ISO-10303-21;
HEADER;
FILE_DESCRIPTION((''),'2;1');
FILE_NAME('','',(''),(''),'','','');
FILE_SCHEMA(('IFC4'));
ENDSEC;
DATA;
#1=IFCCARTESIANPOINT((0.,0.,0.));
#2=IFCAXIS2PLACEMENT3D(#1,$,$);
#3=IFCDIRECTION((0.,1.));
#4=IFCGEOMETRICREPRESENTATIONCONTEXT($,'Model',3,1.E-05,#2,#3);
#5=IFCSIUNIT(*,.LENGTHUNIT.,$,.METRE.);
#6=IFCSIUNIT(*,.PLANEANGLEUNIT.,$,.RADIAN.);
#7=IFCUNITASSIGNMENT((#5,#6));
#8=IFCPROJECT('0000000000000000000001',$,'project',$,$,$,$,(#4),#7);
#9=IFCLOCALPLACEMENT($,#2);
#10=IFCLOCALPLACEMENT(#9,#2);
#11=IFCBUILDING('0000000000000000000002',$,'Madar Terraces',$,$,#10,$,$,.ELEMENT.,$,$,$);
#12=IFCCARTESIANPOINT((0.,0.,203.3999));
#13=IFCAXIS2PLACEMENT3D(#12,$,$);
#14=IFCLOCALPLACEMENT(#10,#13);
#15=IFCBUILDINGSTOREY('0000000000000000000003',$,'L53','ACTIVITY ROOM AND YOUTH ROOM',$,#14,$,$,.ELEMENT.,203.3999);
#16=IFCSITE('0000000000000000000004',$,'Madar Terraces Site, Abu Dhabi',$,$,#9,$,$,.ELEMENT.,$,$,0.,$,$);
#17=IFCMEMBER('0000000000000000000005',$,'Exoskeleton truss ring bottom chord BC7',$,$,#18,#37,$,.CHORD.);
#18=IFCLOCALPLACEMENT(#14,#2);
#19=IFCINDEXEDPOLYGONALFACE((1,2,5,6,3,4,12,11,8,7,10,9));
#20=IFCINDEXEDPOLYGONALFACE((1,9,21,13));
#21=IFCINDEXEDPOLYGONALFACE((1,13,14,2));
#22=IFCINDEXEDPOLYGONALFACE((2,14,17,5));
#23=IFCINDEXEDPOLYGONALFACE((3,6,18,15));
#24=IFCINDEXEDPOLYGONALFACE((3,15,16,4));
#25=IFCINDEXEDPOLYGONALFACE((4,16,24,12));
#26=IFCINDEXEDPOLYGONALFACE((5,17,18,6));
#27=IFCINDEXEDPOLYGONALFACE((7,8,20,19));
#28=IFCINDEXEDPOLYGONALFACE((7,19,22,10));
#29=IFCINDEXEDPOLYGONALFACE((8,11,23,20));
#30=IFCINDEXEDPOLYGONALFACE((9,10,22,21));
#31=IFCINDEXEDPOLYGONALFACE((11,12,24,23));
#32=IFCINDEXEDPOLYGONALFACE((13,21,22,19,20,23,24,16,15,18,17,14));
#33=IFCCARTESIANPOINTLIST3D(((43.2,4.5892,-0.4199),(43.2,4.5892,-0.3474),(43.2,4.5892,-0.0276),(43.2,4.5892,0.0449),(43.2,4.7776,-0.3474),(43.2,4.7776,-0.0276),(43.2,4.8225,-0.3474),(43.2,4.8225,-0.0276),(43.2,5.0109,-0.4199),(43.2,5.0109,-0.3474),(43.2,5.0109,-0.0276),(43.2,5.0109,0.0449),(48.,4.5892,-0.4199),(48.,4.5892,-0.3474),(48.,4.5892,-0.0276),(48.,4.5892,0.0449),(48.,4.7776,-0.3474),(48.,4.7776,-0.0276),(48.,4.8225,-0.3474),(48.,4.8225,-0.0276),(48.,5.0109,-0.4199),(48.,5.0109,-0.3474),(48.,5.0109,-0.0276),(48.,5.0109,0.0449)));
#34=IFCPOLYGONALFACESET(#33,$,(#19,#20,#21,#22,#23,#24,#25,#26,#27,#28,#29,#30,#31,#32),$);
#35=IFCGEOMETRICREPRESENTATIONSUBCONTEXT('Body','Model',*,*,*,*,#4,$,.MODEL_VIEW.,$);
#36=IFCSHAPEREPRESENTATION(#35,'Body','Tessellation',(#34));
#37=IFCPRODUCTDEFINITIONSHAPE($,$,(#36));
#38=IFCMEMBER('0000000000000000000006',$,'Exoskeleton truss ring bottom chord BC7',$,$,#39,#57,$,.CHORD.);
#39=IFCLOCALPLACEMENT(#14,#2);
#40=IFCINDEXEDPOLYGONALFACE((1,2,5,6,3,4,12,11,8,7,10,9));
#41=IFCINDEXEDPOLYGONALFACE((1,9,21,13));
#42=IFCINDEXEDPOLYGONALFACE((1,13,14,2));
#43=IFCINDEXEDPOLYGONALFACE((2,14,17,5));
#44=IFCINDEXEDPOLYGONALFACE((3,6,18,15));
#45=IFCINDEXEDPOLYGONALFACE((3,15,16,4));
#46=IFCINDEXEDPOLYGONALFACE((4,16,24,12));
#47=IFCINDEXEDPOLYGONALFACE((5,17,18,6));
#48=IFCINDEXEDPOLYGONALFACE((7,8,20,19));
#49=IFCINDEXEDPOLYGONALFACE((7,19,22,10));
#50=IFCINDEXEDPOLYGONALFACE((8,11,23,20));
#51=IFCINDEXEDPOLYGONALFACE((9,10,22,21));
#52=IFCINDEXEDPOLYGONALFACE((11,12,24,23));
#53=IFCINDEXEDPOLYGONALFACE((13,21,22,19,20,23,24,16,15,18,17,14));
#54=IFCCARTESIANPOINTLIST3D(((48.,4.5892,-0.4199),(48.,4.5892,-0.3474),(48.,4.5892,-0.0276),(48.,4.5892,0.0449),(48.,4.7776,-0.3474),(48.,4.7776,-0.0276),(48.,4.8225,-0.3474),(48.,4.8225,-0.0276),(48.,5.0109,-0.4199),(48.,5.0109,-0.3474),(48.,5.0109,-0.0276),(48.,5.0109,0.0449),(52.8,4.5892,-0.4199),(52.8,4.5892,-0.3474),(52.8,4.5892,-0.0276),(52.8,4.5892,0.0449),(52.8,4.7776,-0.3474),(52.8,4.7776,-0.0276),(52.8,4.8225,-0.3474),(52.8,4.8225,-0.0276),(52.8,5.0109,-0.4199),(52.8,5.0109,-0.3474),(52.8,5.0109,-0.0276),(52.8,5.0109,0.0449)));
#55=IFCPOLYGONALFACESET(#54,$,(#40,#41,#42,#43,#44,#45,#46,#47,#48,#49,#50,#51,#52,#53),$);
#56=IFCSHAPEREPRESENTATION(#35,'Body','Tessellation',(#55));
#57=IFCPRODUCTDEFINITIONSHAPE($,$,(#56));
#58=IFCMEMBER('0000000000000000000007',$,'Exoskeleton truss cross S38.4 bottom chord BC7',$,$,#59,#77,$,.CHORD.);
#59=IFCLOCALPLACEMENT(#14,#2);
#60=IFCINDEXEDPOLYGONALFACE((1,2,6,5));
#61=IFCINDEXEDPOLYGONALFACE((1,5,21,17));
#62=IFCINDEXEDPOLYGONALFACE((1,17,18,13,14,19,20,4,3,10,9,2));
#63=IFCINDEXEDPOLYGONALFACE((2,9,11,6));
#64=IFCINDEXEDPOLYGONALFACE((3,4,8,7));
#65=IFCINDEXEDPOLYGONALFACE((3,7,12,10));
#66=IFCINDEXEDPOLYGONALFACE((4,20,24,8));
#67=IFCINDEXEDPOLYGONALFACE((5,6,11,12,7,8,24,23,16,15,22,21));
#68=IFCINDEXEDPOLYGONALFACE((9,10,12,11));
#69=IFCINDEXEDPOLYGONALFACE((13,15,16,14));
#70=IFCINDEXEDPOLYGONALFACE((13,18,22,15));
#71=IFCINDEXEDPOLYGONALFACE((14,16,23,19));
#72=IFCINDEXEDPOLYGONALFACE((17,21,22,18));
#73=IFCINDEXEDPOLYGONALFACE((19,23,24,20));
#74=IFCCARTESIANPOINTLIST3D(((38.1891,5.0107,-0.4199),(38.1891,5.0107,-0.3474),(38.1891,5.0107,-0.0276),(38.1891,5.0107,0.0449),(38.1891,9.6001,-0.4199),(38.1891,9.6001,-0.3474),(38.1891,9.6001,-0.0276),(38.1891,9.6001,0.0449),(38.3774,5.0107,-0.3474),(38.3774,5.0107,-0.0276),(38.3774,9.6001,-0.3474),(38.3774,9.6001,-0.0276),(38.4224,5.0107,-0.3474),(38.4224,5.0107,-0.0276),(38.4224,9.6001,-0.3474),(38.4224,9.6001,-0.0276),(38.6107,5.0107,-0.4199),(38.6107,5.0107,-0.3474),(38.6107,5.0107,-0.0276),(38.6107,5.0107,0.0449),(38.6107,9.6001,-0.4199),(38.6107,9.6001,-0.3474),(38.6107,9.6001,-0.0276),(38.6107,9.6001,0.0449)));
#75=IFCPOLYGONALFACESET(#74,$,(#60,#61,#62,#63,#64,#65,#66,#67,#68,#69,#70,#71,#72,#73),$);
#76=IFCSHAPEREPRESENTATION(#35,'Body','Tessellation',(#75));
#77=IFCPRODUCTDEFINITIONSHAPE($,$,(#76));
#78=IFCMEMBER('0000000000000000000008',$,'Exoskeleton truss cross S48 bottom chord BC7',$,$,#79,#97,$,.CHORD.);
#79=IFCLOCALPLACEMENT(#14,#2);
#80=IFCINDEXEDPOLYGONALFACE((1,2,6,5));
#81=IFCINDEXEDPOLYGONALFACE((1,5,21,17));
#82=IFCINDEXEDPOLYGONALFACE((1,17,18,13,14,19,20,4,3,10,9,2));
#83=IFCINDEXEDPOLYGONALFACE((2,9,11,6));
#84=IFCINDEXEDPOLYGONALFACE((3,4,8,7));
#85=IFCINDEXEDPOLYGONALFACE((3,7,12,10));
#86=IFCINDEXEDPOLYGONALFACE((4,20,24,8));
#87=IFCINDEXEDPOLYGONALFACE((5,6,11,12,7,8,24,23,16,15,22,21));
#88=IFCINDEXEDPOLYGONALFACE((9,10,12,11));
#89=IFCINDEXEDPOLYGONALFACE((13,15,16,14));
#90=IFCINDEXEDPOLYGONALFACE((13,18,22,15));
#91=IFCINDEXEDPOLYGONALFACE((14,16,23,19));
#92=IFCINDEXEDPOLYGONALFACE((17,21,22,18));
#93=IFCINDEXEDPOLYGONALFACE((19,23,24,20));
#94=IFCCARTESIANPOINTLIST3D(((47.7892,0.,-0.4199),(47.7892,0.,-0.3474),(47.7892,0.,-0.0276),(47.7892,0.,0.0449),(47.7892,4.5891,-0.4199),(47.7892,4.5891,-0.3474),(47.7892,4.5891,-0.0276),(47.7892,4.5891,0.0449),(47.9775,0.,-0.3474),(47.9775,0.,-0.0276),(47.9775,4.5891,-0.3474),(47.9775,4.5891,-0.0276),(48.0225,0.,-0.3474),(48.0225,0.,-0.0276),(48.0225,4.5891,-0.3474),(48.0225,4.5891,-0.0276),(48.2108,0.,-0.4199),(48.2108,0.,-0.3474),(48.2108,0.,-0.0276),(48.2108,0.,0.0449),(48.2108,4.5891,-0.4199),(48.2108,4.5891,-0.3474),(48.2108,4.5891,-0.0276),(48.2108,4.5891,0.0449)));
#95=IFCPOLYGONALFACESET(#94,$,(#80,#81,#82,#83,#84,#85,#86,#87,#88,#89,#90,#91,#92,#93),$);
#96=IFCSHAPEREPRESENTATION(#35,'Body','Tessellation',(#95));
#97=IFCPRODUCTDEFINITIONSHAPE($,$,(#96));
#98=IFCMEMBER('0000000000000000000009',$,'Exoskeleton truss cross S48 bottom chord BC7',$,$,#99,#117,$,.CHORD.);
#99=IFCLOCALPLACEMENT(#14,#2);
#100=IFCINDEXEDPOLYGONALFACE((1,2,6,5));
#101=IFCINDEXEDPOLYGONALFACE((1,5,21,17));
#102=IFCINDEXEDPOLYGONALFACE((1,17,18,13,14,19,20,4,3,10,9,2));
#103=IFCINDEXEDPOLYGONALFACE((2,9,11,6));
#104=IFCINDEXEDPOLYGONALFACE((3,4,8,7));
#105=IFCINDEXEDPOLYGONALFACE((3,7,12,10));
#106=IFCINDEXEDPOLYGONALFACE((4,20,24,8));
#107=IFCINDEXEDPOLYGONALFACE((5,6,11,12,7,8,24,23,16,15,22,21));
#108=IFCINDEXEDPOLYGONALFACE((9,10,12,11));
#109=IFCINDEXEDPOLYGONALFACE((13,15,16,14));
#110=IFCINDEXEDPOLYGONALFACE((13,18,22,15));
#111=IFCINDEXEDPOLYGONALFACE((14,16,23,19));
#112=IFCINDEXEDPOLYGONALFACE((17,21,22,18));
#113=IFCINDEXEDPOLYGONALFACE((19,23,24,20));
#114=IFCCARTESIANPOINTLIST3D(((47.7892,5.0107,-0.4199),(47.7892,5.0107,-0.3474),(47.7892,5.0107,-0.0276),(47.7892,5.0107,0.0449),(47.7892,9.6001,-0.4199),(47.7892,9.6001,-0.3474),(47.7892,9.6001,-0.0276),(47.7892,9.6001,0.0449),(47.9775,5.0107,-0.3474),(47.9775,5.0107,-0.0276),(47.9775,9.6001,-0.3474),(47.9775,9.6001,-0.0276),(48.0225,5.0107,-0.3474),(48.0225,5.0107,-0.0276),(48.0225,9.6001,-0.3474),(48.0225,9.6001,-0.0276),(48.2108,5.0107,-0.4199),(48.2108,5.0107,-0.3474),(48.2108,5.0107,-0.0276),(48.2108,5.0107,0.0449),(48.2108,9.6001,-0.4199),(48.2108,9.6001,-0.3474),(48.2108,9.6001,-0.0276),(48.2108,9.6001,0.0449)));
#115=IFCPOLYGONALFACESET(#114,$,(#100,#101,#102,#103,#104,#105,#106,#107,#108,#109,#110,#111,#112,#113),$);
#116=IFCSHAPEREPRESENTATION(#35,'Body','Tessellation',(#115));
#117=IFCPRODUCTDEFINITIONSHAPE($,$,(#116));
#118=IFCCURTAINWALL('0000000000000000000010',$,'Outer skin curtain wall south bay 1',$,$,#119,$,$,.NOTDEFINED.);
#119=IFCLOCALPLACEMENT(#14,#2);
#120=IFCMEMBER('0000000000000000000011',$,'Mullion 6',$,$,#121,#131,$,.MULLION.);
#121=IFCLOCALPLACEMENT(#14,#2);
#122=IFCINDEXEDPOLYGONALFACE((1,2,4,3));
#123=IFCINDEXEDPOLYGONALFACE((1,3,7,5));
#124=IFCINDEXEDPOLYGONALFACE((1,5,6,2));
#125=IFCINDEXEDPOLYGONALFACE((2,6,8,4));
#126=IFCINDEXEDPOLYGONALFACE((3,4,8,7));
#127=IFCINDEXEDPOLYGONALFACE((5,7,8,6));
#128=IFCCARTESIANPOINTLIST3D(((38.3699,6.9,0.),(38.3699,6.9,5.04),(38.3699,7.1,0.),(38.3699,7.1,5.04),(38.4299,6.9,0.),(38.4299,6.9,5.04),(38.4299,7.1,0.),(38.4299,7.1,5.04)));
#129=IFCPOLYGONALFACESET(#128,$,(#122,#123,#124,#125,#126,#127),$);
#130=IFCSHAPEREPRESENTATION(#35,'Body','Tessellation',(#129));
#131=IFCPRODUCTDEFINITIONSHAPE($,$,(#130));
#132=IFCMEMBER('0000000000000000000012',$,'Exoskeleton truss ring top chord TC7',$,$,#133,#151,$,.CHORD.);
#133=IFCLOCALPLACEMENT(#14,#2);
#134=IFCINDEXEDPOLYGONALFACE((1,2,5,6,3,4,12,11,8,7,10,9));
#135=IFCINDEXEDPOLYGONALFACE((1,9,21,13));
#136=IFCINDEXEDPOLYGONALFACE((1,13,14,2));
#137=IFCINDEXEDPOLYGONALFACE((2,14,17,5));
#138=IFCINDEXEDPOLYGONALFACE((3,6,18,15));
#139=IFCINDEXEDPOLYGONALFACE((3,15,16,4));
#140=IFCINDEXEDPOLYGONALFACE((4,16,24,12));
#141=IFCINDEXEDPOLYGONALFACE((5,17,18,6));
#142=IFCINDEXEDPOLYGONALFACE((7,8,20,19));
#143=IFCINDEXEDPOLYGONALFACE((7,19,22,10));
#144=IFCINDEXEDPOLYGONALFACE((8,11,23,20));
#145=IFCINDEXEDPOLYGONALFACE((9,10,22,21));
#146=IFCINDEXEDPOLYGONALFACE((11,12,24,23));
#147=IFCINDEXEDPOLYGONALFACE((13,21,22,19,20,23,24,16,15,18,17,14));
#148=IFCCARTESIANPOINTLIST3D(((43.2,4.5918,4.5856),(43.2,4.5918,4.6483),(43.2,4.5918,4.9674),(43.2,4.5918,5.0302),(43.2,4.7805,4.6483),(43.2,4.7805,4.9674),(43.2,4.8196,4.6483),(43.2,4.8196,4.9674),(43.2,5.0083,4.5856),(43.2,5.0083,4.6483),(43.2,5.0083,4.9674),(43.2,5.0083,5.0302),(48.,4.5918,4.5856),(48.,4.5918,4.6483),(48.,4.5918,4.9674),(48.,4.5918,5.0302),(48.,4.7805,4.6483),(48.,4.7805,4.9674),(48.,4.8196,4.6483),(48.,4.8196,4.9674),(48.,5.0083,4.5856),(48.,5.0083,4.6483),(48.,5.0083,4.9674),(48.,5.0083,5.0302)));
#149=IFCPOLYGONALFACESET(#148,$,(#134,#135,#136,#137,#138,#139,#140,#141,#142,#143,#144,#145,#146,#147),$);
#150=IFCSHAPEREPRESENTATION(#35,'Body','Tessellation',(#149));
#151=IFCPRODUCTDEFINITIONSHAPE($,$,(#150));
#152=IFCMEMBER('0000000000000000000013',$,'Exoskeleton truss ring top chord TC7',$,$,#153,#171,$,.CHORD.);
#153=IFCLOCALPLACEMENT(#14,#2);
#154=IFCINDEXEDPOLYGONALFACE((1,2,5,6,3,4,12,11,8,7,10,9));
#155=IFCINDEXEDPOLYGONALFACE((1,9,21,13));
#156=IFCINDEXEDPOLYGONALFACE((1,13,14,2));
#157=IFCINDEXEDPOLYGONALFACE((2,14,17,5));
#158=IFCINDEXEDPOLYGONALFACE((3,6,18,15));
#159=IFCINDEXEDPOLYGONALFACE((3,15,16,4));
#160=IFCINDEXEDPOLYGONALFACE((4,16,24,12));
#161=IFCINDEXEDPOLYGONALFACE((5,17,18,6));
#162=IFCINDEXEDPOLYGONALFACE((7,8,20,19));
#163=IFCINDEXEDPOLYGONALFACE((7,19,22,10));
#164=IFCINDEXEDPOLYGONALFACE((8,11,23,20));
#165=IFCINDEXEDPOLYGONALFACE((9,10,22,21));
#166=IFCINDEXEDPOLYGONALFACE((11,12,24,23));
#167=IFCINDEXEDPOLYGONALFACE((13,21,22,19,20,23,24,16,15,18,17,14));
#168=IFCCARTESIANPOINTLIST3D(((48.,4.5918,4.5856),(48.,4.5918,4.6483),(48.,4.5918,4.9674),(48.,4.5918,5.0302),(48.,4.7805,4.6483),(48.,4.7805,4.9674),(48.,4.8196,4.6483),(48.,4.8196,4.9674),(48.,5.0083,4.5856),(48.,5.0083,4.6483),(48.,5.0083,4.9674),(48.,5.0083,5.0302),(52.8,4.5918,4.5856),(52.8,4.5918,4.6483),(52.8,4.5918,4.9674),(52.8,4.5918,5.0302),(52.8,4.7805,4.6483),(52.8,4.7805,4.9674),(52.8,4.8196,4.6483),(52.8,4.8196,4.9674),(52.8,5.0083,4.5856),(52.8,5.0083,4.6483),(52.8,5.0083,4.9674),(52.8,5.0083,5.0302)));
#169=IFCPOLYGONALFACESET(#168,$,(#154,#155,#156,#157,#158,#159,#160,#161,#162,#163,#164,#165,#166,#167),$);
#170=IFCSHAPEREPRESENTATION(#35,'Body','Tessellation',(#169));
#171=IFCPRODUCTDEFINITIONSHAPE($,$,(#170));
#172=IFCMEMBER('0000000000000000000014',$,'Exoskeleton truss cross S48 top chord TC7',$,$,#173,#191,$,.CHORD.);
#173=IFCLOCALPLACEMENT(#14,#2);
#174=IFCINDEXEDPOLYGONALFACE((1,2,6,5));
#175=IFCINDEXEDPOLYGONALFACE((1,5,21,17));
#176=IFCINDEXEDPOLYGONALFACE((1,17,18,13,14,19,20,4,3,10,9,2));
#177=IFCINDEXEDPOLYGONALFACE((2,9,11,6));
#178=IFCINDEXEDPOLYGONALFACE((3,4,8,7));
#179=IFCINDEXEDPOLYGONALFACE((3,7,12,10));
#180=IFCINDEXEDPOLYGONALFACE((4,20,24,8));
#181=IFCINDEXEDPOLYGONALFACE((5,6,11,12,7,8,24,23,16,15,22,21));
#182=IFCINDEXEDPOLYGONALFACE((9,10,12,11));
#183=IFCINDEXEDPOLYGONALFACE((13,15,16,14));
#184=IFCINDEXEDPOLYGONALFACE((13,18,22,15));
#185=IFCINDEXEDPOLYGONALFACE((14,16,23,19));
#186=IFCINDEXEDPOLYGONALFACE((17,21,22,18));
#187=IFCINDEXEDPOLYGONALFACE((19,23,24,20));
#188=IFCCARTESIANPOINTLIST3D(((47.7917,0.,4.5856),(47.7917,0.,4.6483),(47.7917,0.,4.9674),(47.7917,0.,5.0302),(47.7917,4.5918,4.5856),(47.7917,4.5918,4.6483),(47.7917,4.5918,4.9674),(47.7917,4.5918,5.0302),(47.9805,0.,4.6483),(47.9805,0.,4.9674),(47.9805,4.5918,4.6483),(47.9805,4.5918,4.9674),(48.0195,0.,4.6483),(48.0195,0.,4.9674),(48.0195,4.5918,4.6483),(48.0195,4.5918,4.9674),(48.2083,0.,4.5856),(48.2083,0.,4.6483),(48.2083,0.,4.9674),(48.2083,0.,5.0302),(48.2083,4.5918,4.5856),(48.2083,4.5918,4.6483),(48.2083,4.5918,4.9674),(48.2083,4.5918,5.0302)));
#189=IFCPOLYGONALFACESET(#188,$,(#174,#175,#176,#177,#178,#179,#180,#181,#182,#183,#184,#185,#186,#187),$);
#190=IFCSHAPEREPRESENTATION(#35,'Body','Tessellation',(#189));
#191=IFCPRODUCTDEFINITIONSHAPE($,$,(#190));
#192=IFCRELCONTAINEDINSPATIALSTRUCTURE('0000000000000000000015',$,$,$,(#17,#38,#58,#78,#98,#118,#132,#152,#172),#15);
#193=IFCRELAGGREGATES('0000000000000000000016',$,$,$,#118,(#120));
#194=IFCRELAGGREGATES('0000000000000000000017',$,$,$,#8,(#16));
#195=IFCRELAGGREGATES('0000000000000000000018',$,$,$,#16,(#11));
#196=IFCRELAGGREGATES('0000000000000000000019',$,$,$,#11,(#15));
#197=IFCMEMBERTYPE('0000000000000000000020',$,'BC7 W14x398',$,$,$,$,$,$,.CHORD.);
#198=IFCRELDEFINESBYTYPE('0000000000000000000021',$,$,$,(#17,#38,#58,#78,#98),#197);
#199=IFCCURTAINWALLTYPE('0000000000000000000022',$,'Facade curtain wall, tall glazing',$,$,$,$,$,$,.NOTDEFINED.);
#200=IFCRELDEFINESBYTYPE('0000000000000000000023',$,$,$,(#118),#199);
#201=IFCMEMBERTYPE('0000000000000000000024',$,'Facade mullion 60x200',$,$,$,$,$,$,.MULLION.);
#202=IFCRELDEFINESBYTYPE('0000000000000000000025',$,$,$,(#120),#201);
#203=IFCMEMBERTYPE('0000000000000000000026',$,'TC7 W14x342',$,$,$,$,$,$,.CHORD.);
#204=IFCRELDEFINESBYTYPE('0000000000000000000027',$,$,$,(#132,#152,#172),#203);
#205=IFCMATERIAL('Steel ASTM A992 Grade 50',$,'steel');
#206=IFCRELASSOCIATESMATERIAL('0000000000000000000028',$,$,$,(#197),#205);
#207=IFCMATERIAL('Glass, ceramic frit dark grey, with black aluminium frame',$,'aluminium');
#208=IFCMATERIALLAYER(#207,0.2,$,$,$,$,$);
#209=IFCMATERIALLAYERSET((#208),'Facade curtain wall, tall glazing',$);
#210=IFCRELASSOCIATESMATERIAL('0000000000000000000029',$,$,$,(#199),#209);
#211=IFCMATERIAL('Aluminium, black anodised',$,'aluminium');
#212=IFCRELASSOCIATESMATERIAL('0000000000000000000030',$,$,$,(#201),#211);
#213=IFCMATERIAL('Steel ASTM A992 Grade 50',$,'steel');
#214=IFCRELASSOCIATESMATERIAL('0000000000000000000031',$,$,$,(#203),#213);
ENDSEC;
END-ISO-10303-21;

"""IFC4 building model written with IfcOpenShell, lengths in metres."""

from ifc_helpers import new_model, si_unit, direction, frame, origin, origin_2d, place, context, subcontext, project, spatial, rectangle, i_section, extrude, material, layer, layer_set, material_profile, profile_set, type_object, element, aggregate, save


model = new_model("IFC4")

# Units and contexts
model_context = context("Model", 3, precision=1e-05, world=origin(), true_north=direction((0.0, 1.0)))
body_context = subcontext(model_context, "Body", "Model", "MODEL_VIEW")
ifc_project = project(units=[si_unit("LENGTHUNIT", "METRE"), si_unit("PLANEANGLEUNIT", "RADIAN")], contexts=[model_context])

# Site, building, storey
site_placement = place(None, origin())
site = spatial("IfcSite", under=ifc_project, at=site_placement, Name="Madar Terraces Site, Abu Dhabi", CompositionType="ELEMENT", RefElevation=0.0)
building_placement = place(site_placement, origin())
building = spatial("IfcBuilding", under=site, at=building_placement, Name="Madar Terraces", CompositionType="ELEMENT")
storey_placement = place(building_placement, frame((0.0, 0.0, 203.3999)))
storey = spatial("IfcBuildingStorey", under=building, at=storey_placement, Name="L53", Description="ACTIVITY ROOM AND YOUTH ROOM", CompositionType="ELEMENT", Elevation=203.3999)

# Members
ifc_material_1 = material(Name="Steel ASTM A992 Grade 50", Category="steel")
ifc_material_profile_1 = material_profile(ifc_material_1, i_section(OverallWidth=0.4216, OverallDepth=0.4648, WebThickness=0.0449, FlangeThickness=0.0725, at=origin_2d()), Name="W14x398")
ifc_profile_set_1 = profile_set([ifc_material_profile_1], Name="Steel ASTM A992 Grade 50")
member_type_1 = type_object("IfcMemberType", Name="BC7 W14x398", PredefinedType="CHORD", material=ifc_profile_set_1)
for number, where, z_axis, x_axis, name in (
    (1, (43.2, 4.8, -0.1875), (1.0, 0.0, 0.0), (0.0, 1.0, 0.0), "Exoskeleton truss ring bottom chord BC7"),
    (2, (48.0, 4.8, -0.1875), (1.0, 0.0, 0.0), (0.0, 1.0, 0.0), "Exoskeleton truss ring bottom chord BC7"),
):
    element("IfcMember", number, at=place(storey_placement, frame(where, z_axis=z_axis, x_axis=x_axis)), inside=storey, type_object=member_type_1, Name=name, PredefinedType="CHORD", context=body_context, shape_type="SweptSolid", body=[
        extrude(i_section(OverallWidth=0.4216, OverallDepth=0.4648, WebThickness=0.0449, FlangeThickness=0.0725, at=origin_2d()), origin(), (0.0, 0.0, 1.0), 4.8),
    ])
member_1_placement = place(storey_placement, frame((38.3999, 5.0107, -0.1875), z_axis=(0.0, 1.0, 0.0), x_axis=(-1.0, 0.0, 0.0)))
element("IfcMember", 3, at=member_1_placement, inside=storey, type_object=member_type_1, Name="Exoskeleton truss cross S38.4 bottom chord BC7", PredefinedType="CHORD", context=body_context, shape_type="SweptSolid", body=[
    extrude(i_section(OverallWidth=0.4216, OverallDepth=0.4648, WebThickness=0.0449, FlangeThickness=0.0725, at=origin_2d()), origin(), (0.0, 0.0, 1.0), 4.5894),
])
member_2_placement = place(storey_placement, frame((48.0, 0.0, -0.1875), z_axis=(0.0, 1.0, 0.0), x_axis=(-1.0, 0.0, 0.0)))
element("IfcMember", 4, at=member_2_placement, inside=storey, type_object=member_type_1, Name="Exoskeleton truss cross S48 bottom chord BC7", PredefinedType="CHORD", context=body_context, shape_type="SweptSolid", body=[
    extrude(i_section(OverallWidth=0.4216, OverallDepth=0.4648, WebThickness=0.0449, FlangeThickness=0.0725, at=origin_2d()), origin(), (0.0, 0.0, 1.0), 4.5891),
])
member_3_placement = place(storey_placement, frame((48.0, 5.0107, -0.1875), z_axis=(0.0, 1.0, 0.0), x_axis=(-1.0, 0.0, 0.0)))
element("IfcMember", 5, at=member_3_placement, inside=storey, type_object=member_type_1, Name="Exoskeleton truss cross S48 bottom chord BC7", PredefinedType="CHORD", context=body_context, shape_type="SweptSolid", body=[
    extrude(i_section(OverallWidth=0.4216, OverallDepth=0.4648, WebThickness=0.0449, FlangeThickness=0.0725, at=origin_2d()), origin(), (0.0, 0.0, 1.0), 4.5894),
])

# Curtain wall, member
ifc_material_2 = material(Name="Glass, ceramic frit dark grey, with black aluminium frame", Category="aluminium")
ifc_layer_1 = layer(ifc_material_2, 0.2)
ifc_layer_set_1 = layer_set([ifc_layer_1], Name="Facade curtain wall, tall glazing")
curtain_wall_type = type_object("IfcCurtainWallType", Name="Facade curtain wall, tall glazing", PredefinedType="NOTDEFINED", material=ifc_layer_set_1)
curtain_wall_placement = place(storey_placement, origin())
curtain_wall = element("IfcCurtainWall", 6, at=curtain_wall_placement, inside=storey, type_object=curtain_wall_type, Name="Outer skin curtain wall south bay 1", PredefinedType="NOTDEFINED")
ifc_material_3 = material(Name="Aluminium, black anodised", Category="aluminium")
ifc_material_profile_2 = material_profile(ifc_material_3, rectangle(XDim=0.2, YDim=0.0601, at=origin_2d()), Name="Facade mullion 60x200")
ifc_profile_set_2 = profile_set([ifc_material_profile_2], Name="Aluminium, black anodised")
member_type_2 = type_object("IfcMemberType", Name="Facade mullion 60x200", PredefinedType="MULLION", material=ifc_profile_set_2)
member_4_placement = place(storey_placement, frame((38.3999, 7.0, 0.0), z_axis=(0.0, 0.0, 1.0), x_axis=(0.0, 1.0, 0.0)))
member_4 = element("IfcMember", 7, at=member_4_placement, type_object=member_type_2, Name="Mullion 6", PredefinedType="MULLION", context=body_context, shape_type="SweptSolid", body=[
    extrude(rectangle(XDim=0.2, YDim=0.0601, at=origin_2d()), origin(), (0.0, 0.0, 1.0), 5.04),
])
aggregate(curtain_wall, [member_4])

# Members
ifc_material_4 = material(Name="Steel ASTM A992 Grade 50", Category="steel")
ifc_material_profile_3 = material_profile(ifc_material_4, i_section(OverallWidth=0.4165, OverallDepth=0.4446, WebThickness=0.0391, FlangeThickness=0.0627, at=origin_2d()), Name="W14x342")
ifc_profile_set_3 = profile_set([ifc_material_profile_3], Name="Steel ASTM A992 Grade 50")
member_type_3 = type_object("IfcMemberType", Name="TC7 W14x342", PredefinedType="CHORD", material=ifc_profile_set_3)
for number, where, z_axis, x_axis, name in (
    (8, (43.2, 4.8, 4.8079), (1.0, 0.0, 0.0), (0.0, 1.0, 0.0), "Exoskeleton truss ring top chord TC7"),
    (9, (48.0, 4.8, 4.8079), (1.0, 0.0, 0.0), (0.0, 1.0, 0.0), "Exoskeleton truss ring top chord TC7"),
):
    element("IfcMember", number, at=place(storey_placement, frame(where, z_axis=z_axis, x_axis=x_axis)), inside=storey, type_object=member_type_3, Name=name, PredefinedType="CHORD", context=body_context, shape_type="SweptSolid", body=[
        extrude(i_section(OverallWidth=0.4165, OverallDepth=0.4446, WebThickness=0.0391, FlangeThickness=0.0627, at=origin_2d()), origin(), (0.0, 0.0, 1.0), 4.8),
    ])
for number, where, z_axis, x_axis, name in (
    (10, (48.0, 0.0, 4.8079), (0.0, 1.0, 0.0), (-1.0, 0.0, 0.0), "Exoskeleton truss cross S48 top chord TC7"),
):
    element("IfcMember", number, at=place(storey_placement, frame(where, z_axis=z_axis, x_axis=x_axis)), inside=storey, type_object=member_type_3, Name=name, PredefinedType="CHORD", context=body_context, shape_type="SweptSolid", body=[
        extrude(i_section(OverallWidth=0.4165, OverallDepth=0.4446, WebThickness=0.0391, FlangeThickness=0.0627, at=origin_2d()), origin(), (0.0, 0.0, 1.0), 4.5918),
    ])

save(model, "model.ifc")
